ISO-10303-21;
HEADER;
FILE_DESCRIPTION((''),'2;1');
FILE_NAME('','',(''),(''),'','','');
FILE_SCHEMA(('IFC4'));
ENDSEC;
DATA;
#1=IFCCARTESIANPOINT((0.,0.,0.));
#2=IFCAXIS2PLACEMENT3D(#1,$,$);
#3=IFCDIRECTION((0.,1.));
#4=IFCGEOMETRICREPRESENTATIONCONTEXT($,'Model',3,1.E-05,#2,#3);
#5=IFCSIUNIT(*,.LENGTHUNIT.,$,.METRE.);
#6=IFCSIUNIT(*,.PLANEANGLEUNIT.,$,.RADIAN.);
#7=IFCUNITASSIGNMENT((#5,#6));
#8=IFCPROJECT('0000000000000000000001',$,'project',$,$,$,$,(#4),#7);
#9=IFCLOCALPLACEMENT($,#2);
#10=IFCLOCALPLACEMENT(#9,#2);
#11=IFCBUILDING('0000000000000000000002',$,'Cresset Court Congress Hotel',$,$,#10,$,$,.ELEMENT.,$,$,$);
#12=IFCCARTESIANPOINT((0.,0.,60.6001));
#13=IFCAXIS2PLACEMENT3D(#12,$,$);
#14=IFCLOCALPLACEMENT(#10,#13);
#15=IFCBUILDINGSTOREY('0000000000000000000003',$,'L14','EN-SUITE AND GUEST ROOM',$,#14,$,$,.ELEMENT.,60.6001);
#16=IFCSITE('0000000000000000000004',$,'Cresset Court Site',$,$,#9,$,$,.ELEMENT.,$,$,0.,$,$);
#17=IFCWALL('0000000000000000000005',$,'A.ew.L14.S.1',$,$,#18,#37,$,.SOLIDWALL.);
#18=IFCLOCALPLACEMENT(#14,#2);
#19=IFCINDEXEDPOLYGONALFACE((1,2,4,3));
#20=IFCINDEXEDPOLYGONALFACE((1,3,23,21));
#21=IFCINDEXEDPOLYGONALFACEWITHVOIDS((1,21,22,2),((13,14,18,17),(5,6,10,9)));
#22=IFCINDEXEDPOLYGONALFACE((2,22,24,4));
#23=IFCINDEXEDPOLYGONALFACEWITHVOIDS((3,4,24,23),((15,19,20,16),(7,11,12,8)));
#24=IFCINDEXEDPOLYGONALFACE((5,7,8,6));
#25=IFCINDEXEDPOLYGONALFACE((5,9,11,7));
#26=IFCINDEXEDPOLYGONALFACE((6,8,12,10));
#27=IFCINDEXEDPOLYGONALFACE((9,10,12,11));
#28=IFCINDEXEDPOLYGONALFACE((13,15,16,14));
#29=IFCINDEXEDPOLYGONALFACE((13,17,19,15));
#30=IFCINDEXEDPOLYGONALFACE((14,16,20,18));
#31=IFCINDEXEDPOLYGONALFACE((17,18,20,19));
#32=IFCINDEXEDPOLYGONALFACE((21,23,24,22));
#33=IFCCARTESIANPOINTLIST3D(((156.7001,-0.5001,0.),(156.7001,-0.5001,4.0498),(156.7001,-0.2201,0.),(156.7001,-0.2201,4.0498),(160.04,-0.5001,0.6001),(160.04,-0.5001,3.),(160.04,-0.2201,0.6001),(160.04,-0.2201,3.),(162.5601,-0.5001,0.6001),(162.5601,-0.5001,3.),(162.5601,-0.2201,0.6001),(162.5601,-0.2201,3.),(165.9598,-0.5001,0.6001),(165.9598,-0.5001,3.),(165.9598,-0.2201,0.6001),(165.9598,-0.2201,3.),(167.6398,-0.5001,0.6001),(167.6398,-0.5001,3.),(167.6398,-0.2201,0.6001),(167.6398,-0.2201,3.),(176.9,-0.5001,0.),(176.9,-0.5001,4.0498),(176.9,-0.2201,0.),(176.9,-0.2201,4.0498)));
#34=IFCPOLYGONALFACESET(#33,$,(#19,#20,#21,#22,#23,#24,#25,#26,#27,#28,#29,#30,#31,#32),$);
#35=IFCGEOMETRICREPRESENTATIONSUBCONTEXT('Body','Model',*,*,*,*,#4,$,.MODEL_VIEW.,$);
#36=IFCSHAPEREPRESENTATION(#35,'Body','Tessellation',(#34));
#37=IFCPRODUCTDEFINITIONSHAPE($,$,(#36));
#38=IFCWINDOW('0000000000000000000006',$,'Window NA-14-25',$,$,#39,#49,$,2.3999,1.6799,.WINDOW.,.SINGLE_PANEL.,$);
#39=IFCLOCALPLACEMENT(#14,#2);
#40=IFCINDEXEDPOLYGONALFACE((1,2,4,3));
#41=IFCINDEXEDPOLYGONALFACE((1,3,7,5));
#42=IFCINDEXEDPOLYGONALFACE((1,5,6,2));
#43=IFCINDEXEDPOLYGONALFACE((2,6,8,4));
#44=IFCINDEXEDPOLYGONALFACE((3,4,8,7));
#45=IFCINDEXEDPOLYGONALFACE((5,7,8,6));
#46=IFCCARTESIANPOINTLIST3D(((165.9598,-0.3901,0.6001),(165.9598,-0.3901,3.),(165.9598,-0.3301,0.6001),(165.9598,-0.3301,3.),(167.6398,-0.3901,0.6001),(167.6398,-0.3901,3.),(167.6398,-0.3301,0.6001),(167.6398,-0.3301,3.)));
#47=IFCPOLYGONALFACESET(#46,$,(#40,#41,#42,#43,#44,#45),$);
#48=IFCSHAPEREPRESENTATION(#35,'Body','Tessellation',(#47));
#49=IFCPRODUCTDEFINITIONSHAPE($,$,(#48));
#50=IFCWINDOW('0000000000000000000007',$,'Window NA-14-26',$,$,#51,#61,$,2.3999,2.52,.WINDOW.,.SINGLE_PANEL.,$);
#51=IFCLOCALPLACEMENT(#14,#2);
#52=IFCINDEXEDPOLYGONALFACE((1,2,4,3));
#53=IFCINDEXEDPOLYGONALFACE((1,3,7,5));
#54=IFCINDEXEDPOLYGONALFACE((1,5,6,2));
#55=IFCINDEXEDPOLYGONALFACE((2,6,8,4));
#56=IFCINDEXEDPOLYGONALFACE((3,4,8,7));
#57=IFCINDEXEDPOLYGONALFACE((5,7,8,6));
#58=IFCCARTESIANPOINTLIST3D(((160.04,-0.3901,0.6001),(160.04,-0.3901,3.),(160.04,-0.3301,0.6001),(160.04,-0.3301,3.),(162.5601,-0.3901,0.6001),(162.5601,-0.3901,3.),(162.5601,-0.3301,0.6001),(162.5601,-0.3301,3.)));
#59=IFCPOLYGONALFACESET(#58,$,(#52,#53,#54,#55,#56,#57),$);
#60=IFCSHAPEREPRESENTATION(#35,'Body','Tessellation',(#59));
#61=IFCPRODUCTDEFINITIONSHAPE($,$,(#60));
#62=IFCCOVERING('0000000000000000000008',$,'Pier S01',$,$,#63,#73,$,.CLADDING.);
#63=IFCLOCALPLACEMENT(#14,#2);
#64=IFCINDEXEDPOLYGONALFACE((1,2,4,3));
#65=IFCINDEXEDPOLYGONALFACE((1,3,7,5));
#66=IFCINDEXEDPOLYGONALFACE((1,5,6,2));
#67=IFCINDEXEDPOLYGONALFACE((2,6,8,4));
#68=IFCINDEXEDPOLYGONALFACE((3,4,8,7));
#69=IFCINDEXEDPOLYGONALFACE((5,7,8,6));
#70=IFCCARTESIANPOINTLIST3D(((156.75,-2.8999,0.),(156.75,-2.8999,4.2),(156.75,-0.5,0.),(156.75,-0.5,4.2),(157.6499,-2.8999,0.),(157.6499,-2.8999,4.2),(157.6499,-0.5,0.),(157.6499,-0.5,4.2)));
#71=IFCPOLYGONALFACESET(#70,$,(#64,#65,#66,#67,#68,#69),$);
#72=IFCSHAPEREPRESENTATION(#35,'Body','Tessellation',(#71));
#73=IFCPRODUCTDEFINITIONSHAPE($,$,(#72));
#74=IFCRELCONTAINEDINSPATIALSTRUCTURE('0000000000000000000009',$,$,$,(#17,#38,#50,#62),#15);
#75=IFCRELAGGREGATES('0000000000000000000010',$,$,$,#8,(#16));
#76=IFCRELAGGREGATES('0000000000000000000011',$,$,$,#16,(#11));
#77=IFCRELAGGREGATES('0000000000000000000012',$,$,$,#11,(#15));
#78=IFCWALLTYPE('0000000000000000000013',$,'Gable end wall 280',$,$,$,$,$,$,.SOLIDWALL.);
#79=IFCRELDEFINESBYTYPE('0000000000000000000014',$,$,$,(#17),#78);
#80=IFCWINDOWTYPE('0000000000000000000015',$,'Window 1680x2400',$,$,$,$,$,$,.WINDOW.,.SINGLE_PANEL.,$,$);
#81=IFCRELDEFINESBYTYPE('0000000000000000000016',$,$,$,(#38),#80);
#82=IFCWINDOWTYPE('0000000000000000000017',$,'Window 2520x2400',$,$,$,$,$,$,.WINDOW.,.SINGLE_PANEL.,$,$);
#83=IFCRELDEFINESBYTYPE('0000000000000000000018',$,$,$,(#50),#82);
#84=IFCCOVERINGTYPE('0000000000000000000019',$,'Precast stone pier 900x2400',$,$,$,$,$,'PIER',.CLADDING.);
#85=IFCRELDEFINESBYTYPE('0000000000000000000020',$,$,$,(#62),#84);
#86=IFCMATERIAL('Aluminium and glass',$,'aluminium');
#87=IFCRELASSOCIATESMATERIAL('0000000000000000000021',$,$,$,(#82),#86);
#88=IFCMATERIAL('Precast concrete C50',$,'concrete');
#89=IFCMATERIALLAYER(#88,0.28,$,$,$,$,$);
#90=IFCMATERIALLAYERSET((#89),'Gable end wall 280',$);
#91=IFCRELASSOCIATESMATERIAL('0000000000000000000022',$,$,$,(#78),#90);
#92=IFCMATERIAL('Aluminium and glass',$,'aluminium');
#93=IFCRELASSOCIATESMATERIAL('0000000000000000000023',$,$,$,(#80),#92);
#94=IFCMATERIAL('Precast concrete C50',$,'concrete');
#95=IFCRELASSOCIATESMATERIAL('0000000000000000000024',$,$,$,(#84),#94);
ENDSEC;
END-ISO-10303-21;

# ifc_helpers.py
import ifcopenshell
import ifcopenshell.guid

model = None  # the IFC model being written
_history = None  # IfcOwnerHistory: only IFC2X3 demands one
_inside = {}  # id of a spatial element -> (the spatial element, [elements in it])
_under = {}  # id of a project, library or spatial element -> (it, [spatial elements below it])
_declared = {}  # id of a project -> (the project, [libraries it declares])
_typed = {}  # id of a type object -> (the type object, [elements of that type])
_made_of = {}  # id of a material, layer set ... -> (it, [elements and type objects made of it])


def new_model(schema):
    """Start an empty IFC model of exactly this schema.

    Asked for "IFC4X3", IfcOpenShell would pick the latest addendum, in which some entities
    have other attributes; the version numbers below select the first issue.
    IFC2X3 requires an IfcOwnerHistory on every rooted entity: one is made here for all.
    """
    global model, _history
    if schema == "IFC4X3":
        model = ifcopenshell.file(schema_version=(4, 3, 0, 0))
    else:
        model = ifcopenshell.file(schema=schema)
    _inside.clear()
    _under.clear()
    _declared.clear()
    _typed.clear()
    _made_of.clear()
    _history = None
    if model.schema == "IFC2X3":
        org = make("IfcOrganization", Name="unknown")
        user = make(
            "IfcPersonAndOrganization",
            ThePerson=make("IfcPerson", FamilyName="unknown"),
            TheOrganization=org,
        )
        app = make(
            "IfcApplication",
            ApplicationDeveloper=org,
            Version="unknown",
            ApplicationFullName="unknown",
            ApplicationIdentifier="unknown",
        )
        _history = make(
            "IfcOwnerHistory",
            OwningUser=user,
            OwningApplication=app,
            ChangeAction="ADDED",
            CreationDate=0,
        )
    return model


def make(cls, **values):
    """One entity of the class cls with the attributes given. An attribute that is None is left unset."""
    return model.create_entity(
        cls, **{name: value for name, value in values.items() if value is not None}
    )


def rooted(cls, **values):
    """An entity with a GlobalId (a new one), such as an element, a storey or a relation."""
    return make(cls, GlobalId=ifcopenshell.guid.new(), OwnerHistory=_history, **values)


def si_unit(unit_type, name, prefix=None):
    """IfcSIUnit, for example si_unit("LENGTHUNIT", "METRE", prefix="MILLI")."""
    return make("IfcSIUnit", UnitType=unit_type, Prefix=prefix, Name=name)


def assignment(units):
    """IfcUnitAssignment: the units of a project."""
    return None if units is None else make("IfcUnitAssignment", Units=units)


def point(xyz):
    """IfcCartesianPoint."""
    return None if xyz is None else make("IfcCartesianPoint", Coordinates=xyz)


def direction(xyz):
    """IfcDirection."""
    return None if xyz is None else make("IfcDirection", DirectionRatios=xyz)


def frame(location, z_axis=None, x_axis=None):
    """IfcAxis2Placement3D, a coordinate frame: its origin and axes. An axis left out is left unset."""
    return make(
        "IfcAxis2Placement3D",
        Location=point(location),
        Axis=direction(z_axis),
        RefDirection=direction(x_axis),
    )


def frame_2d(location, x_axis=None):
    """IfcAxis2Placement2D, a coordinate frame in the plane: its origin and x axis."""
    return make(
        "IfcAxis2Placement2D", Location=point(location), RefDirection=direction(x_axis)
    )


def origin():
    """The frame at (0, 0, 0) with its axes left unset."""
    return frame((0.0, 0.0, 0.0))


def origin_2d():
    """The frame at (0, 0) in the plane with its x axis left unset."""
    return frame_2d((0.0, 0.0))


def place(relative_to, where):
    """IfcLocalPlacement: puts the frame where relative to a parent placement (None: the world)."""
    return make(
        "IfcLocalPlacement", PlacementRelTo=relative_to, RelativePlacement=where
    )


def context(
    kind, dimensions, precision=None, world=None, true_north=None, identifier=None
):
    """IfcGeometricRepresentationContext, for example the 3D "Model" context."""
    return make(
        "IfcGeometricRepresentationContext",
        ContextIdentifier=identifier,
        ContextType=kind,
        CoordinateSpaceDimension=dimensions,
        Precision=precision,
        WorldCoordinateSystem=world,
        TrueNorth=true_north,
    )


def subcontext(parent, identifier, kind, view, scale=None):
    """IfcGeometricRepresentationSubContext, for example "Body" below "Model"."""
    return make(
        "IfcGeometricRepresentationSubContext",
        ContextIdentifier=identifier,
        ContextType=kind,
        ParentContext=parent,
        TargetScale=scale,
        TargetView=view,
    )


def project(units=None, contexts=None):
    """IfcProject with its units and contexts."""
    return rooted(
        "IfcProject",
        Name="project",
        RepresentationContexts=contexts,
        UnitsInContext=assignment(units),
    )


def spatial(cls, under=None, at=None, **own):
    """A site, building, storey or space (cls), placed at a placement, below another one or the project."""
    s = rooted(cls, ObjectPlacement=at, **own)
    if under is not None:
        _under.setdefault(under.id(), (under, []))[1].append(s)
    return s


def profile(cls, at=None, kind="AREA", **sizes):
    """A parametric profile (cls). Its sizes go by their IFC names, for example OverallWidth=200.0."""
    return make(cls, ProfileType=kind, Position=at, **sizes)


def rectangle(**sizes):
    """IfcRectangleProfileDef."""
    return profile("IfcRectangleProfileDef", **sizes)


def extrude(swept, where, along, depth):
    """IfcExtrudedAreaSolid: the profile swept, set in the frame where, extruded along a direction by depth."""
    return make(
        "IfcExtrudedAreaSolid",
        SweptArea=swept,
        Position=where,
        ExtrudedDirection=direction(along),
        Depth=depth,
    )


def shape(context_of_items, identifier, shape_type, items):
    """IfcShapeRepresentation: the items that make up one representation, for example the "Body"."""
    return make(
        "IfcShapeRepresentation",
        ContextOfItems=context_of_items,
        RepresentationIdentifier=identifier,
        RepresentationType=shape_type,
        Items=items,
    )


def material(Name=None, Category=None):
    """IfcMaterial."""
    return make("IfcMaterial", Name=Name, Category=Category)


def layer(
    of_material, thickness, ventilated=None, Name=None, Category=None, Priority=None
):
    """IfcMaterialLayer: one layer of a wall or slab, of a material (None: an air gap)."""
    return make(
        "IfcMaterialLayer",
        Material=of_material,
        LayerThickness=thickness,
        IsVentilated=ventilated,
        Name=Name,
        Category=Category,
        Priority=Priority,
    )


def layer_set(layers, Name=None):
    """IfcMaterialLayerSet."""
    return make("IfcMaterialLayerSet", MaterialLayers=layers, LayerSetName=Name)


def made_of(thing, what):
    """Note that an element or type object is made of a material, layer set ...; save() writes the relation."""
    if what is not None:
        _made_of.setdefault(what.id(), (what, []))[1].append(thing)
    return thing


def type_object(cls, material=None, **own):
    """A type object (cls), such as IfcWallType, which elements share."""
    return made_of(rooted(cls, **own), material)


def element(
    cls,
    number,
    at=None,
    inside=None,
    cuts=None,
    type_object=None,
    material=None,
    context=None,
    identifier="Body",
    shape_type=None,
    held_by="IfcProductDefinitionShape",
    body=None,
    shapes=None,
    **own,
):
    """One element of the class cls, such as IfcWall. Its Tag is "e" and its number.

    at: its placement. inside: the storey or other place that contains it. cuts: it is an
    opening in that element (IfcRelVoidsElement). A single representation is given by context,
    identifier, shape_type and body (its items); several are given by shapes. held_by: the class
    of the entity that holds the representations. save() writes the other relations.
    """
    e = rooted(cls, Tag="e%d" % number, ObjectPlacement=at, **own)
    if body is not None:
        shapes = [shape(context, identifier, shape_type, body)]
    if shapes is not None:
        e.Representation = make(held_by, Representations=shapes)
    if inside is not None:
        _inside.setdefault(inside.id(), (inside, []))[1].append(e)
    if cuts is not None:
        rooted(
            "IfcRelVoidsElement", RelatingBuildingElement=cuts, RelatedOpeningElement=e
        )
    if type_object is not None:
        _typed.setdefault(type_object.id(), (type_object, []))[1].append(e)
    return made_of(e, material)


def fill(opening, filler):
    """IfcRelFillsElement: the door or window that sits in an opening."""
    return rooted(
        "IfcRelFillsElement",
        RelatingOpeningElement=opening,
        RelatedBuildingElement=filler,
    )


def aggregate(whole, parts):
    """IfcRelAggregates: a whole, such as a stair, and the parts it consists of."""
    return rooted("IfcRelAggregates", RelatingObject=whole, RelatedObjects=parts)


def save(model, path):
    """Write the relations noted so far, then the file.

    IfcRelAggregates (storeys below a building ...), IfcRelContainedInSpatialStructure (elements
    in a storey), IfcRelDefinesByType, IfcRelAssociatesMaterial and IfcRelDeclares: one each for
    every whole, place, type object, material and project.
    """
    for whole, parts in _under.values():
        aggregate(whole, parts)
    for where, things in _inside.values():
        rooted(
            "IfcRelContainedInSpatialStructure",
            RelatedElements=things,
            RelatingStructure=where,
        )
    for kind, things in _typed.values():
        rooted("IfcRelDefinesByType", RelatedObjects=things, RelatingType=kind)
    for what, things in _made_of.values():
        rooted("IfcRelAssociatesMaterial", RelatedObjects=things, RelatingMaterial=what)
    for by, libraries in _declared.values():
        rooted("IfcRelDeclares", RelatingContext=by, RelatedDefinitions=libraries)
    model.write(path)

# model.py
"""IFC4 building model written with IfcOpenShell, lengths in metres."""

from ifc_helpers import new_model, si_unit, direction, frame, frame_2d, origin, origin_2d, place, context, subcontext, project, spatial, rectangle, extrude, material, layer, layer_set, type_object, element, fill, save


model = new_model("IFC4")

# Units and contexts
model_context = context("Model", 3, precision=1e-05, world=origin(), true_north=direction((0.0, 1.0)))
body_context = subcontext(model_context, "Body", "Model", "MODEL_VIEW")
ifc_project = project(units=[si_unit("LENGTHUNIT", "METRE"), si_unit("PLANEANGLEUNIT", "RADIAN")], contexts=[model_context])

# Site, building, storey
site_placement = place(None, origin())
site = spatial("IfcSite", under=ifc_project, at=site_placement, Name="Cresset Court Site", CompositionType="ELEMENT", RefElevation=0.0)
building_placement = place(site_placement, origin())
building = spatial("IfcBuilding", under=site, at=building_placement, Name="Cresset Court Congress Hotel", CompositionType="ELEMENT")
storey_placement = place(building_placement, frame((0.0, 0.0, 60.6001)))
storey = spatial("IfcBuildingStorey", under=building, at=storey_placement, Name="L14", Description="EN-SUITE AND GUEST ROOM", CompositionType="ELEMENT", Elevation=60.6001)

# Wall, openings, windows
ifc_material_1 = material(Name="Aluminium and glass", Category="aluminium")
window_type_1 = type_object("IfcWindowType", Name="Window 2520x2400", PartitioningType="SINGLE_PANEL", PredefinedType="WINDOW", material=ifc_material_1)
ifc_material_2 = material(Name="Precast concrete C50", Category="concrete")
ifc_layer_1 = layer(ifc_material_2, 0.28)
ifc_layer_set_1 = layer_set([ifc_layer_1], Name="Gable end wall 280")
wall_type_1 = type_object("IfcWallType", Name="Gable end wall 280", PredefinedType="SOLIDWALL", material=ifc_layer_set_1)
wall_1_placement = place(storey_placement, frame((156.7, -0.3601, 0.0), z_axis=(0.0, 0.0, 1.0), x_axis=(1.0, 0.0, 0.0)))
wall_1 = element("IfcWall", 1, at=wall_1_placement, inside=storey, type_object=wall_type_1, Name="A.ew.L14.S.1", PredefinedType="SOLIDWALL", context=body_context, shape_type="SweptSolid", body=[
    extrude(rectangle(XDim=20.2, YDim=0.28, at=frame_2d((10.1001, 0.0))), origin(), (0.0, 0.0, 1.0), 4.0498),
])
opening_1_placement = place(wall_1_placement, frame((9.26, 0.0, 0.6001)))
opening_1 = element("IfcOpeningElement", 2, at=opening_1_placement, cuts=wall_1, PredefinedType="OPENING", context=body_context, shape_type="SweptSolid", body=[
    extrude(rectangle(XDim=1.6799, YDim=2.3999, at=frame_2d((0.8398, 1.2))), frame((0.0, 0.1499, 0.0), z_axis=(0.0, -1.0, 0.0), x_axis=(1.0, 0.0, 0.0)), (0.0, 0.0, 1.0), 0.3),
])
opening_2_placement = place(wall_1_placement, frame((3.3401, 0.0, 0.6001)))
opening_2 = element("IfcOpeningElement", 3, at=opening_2_placement, cuts=wall_1, PredefinedType="OPENING", context=body_context, shape_type="SweptSolid", body=[
    extrude(rectangle(XDim=2.52, YDim=2.3999, at=frame_2d((1.26, 1.2))), frame((0.0, 0.1499, 0.0), z_axis=(0.0, -1.0, 0.0), x_axis=(1.0, 0.0, 0.0)), (0.0, 0.0, 1.0), 0.3),
])
ifc_material_3 = material(Name="Aluminium and glass", Category="aluminium")
window_type_2 = type_object("IfcWindowType", Name="Window 1680x2400", PartitioningType="SINGLE_PANEL", PredefinedType="WINDOW", material=ifc_material_3)
window_1_placement = place(opening_1_placement, origin())
window_1 = element("IfcWindow", 4, at=window_1_placement, inside=storey, type_object=window_type_2, Name="Window NA-14-25", OverallHeight=2.3999, OverallWidth=1.6799, PartitioningType="SINGLE_PANEL", PredefinedType="WINDOW", context=body_context, shape_type="SweptSolid", body=[
    extrude(rectangle(XDim=1.6799, YDim=2.3999, at=frame_2d((0.8398, 1.2))), frame((0.0, 0.03, 0.0), z_axis=(0.0, -1.0, 0.0), x_axis=(1.0, 0.0, 0.0)), (0.0, 0.0, 1.0), 0.0601),
])
fill(opening_1, window_1)
window_2_placement = place(opening_2_placement, origin())
window_2 = element("IfcWindow", 5, at=window_2_placement, inside=storey, type_object=window_type_1, Name="Window NA-14-26", OverallHeight=2.3999, OverallWidth=2.52, PartitioningType="SINGLE_PANEL", PredefinedType="WINDOW", context=body_context, shape_type="SweptSolid", body=[
    extrude(rectangle(XDim=2.52, YDim=2.3999, at=frame_2d((1.26, 1.2))), frame((0.0, 0.03, 0.0), z_axis=(0.0, -1.0, 0.0), x_axis=(1.0, 0.0, 0.0)), (0.0, 0.0, 1.0), 0.0601),
])
fill(opening_2, window_2)

# Covering
ifc_material_4 = material(Name="Precast concrete C50", Category="concrete")
covering_type = type_object("IfcCoveringType", Name="Precast stone pier 900x2400", ElementType="PIER", PredefinedType="CLADDING", material=ifc_material_4)
covering_placement = place(storey_placement, frame((157.2, -1.7, 0.0), z_axis=(0.0, 0.0, 1.0), x_axis=(1.0, 0.0, 0.0)))
element("IfcCovering", 6, at=covering_placement, inside=storey, type_object=covering_type, Name="Pier S01", PredefinedType="CLADDING", context=body_context, shape_type="SweptSolid", body=[
    extrude(rectangle(XDim=0.8999, YDim=2.3999, at=origin_2d()), origin(), (0.0, 0.0, 1.0), 4.2),
])

save(model, "model.ifc")
